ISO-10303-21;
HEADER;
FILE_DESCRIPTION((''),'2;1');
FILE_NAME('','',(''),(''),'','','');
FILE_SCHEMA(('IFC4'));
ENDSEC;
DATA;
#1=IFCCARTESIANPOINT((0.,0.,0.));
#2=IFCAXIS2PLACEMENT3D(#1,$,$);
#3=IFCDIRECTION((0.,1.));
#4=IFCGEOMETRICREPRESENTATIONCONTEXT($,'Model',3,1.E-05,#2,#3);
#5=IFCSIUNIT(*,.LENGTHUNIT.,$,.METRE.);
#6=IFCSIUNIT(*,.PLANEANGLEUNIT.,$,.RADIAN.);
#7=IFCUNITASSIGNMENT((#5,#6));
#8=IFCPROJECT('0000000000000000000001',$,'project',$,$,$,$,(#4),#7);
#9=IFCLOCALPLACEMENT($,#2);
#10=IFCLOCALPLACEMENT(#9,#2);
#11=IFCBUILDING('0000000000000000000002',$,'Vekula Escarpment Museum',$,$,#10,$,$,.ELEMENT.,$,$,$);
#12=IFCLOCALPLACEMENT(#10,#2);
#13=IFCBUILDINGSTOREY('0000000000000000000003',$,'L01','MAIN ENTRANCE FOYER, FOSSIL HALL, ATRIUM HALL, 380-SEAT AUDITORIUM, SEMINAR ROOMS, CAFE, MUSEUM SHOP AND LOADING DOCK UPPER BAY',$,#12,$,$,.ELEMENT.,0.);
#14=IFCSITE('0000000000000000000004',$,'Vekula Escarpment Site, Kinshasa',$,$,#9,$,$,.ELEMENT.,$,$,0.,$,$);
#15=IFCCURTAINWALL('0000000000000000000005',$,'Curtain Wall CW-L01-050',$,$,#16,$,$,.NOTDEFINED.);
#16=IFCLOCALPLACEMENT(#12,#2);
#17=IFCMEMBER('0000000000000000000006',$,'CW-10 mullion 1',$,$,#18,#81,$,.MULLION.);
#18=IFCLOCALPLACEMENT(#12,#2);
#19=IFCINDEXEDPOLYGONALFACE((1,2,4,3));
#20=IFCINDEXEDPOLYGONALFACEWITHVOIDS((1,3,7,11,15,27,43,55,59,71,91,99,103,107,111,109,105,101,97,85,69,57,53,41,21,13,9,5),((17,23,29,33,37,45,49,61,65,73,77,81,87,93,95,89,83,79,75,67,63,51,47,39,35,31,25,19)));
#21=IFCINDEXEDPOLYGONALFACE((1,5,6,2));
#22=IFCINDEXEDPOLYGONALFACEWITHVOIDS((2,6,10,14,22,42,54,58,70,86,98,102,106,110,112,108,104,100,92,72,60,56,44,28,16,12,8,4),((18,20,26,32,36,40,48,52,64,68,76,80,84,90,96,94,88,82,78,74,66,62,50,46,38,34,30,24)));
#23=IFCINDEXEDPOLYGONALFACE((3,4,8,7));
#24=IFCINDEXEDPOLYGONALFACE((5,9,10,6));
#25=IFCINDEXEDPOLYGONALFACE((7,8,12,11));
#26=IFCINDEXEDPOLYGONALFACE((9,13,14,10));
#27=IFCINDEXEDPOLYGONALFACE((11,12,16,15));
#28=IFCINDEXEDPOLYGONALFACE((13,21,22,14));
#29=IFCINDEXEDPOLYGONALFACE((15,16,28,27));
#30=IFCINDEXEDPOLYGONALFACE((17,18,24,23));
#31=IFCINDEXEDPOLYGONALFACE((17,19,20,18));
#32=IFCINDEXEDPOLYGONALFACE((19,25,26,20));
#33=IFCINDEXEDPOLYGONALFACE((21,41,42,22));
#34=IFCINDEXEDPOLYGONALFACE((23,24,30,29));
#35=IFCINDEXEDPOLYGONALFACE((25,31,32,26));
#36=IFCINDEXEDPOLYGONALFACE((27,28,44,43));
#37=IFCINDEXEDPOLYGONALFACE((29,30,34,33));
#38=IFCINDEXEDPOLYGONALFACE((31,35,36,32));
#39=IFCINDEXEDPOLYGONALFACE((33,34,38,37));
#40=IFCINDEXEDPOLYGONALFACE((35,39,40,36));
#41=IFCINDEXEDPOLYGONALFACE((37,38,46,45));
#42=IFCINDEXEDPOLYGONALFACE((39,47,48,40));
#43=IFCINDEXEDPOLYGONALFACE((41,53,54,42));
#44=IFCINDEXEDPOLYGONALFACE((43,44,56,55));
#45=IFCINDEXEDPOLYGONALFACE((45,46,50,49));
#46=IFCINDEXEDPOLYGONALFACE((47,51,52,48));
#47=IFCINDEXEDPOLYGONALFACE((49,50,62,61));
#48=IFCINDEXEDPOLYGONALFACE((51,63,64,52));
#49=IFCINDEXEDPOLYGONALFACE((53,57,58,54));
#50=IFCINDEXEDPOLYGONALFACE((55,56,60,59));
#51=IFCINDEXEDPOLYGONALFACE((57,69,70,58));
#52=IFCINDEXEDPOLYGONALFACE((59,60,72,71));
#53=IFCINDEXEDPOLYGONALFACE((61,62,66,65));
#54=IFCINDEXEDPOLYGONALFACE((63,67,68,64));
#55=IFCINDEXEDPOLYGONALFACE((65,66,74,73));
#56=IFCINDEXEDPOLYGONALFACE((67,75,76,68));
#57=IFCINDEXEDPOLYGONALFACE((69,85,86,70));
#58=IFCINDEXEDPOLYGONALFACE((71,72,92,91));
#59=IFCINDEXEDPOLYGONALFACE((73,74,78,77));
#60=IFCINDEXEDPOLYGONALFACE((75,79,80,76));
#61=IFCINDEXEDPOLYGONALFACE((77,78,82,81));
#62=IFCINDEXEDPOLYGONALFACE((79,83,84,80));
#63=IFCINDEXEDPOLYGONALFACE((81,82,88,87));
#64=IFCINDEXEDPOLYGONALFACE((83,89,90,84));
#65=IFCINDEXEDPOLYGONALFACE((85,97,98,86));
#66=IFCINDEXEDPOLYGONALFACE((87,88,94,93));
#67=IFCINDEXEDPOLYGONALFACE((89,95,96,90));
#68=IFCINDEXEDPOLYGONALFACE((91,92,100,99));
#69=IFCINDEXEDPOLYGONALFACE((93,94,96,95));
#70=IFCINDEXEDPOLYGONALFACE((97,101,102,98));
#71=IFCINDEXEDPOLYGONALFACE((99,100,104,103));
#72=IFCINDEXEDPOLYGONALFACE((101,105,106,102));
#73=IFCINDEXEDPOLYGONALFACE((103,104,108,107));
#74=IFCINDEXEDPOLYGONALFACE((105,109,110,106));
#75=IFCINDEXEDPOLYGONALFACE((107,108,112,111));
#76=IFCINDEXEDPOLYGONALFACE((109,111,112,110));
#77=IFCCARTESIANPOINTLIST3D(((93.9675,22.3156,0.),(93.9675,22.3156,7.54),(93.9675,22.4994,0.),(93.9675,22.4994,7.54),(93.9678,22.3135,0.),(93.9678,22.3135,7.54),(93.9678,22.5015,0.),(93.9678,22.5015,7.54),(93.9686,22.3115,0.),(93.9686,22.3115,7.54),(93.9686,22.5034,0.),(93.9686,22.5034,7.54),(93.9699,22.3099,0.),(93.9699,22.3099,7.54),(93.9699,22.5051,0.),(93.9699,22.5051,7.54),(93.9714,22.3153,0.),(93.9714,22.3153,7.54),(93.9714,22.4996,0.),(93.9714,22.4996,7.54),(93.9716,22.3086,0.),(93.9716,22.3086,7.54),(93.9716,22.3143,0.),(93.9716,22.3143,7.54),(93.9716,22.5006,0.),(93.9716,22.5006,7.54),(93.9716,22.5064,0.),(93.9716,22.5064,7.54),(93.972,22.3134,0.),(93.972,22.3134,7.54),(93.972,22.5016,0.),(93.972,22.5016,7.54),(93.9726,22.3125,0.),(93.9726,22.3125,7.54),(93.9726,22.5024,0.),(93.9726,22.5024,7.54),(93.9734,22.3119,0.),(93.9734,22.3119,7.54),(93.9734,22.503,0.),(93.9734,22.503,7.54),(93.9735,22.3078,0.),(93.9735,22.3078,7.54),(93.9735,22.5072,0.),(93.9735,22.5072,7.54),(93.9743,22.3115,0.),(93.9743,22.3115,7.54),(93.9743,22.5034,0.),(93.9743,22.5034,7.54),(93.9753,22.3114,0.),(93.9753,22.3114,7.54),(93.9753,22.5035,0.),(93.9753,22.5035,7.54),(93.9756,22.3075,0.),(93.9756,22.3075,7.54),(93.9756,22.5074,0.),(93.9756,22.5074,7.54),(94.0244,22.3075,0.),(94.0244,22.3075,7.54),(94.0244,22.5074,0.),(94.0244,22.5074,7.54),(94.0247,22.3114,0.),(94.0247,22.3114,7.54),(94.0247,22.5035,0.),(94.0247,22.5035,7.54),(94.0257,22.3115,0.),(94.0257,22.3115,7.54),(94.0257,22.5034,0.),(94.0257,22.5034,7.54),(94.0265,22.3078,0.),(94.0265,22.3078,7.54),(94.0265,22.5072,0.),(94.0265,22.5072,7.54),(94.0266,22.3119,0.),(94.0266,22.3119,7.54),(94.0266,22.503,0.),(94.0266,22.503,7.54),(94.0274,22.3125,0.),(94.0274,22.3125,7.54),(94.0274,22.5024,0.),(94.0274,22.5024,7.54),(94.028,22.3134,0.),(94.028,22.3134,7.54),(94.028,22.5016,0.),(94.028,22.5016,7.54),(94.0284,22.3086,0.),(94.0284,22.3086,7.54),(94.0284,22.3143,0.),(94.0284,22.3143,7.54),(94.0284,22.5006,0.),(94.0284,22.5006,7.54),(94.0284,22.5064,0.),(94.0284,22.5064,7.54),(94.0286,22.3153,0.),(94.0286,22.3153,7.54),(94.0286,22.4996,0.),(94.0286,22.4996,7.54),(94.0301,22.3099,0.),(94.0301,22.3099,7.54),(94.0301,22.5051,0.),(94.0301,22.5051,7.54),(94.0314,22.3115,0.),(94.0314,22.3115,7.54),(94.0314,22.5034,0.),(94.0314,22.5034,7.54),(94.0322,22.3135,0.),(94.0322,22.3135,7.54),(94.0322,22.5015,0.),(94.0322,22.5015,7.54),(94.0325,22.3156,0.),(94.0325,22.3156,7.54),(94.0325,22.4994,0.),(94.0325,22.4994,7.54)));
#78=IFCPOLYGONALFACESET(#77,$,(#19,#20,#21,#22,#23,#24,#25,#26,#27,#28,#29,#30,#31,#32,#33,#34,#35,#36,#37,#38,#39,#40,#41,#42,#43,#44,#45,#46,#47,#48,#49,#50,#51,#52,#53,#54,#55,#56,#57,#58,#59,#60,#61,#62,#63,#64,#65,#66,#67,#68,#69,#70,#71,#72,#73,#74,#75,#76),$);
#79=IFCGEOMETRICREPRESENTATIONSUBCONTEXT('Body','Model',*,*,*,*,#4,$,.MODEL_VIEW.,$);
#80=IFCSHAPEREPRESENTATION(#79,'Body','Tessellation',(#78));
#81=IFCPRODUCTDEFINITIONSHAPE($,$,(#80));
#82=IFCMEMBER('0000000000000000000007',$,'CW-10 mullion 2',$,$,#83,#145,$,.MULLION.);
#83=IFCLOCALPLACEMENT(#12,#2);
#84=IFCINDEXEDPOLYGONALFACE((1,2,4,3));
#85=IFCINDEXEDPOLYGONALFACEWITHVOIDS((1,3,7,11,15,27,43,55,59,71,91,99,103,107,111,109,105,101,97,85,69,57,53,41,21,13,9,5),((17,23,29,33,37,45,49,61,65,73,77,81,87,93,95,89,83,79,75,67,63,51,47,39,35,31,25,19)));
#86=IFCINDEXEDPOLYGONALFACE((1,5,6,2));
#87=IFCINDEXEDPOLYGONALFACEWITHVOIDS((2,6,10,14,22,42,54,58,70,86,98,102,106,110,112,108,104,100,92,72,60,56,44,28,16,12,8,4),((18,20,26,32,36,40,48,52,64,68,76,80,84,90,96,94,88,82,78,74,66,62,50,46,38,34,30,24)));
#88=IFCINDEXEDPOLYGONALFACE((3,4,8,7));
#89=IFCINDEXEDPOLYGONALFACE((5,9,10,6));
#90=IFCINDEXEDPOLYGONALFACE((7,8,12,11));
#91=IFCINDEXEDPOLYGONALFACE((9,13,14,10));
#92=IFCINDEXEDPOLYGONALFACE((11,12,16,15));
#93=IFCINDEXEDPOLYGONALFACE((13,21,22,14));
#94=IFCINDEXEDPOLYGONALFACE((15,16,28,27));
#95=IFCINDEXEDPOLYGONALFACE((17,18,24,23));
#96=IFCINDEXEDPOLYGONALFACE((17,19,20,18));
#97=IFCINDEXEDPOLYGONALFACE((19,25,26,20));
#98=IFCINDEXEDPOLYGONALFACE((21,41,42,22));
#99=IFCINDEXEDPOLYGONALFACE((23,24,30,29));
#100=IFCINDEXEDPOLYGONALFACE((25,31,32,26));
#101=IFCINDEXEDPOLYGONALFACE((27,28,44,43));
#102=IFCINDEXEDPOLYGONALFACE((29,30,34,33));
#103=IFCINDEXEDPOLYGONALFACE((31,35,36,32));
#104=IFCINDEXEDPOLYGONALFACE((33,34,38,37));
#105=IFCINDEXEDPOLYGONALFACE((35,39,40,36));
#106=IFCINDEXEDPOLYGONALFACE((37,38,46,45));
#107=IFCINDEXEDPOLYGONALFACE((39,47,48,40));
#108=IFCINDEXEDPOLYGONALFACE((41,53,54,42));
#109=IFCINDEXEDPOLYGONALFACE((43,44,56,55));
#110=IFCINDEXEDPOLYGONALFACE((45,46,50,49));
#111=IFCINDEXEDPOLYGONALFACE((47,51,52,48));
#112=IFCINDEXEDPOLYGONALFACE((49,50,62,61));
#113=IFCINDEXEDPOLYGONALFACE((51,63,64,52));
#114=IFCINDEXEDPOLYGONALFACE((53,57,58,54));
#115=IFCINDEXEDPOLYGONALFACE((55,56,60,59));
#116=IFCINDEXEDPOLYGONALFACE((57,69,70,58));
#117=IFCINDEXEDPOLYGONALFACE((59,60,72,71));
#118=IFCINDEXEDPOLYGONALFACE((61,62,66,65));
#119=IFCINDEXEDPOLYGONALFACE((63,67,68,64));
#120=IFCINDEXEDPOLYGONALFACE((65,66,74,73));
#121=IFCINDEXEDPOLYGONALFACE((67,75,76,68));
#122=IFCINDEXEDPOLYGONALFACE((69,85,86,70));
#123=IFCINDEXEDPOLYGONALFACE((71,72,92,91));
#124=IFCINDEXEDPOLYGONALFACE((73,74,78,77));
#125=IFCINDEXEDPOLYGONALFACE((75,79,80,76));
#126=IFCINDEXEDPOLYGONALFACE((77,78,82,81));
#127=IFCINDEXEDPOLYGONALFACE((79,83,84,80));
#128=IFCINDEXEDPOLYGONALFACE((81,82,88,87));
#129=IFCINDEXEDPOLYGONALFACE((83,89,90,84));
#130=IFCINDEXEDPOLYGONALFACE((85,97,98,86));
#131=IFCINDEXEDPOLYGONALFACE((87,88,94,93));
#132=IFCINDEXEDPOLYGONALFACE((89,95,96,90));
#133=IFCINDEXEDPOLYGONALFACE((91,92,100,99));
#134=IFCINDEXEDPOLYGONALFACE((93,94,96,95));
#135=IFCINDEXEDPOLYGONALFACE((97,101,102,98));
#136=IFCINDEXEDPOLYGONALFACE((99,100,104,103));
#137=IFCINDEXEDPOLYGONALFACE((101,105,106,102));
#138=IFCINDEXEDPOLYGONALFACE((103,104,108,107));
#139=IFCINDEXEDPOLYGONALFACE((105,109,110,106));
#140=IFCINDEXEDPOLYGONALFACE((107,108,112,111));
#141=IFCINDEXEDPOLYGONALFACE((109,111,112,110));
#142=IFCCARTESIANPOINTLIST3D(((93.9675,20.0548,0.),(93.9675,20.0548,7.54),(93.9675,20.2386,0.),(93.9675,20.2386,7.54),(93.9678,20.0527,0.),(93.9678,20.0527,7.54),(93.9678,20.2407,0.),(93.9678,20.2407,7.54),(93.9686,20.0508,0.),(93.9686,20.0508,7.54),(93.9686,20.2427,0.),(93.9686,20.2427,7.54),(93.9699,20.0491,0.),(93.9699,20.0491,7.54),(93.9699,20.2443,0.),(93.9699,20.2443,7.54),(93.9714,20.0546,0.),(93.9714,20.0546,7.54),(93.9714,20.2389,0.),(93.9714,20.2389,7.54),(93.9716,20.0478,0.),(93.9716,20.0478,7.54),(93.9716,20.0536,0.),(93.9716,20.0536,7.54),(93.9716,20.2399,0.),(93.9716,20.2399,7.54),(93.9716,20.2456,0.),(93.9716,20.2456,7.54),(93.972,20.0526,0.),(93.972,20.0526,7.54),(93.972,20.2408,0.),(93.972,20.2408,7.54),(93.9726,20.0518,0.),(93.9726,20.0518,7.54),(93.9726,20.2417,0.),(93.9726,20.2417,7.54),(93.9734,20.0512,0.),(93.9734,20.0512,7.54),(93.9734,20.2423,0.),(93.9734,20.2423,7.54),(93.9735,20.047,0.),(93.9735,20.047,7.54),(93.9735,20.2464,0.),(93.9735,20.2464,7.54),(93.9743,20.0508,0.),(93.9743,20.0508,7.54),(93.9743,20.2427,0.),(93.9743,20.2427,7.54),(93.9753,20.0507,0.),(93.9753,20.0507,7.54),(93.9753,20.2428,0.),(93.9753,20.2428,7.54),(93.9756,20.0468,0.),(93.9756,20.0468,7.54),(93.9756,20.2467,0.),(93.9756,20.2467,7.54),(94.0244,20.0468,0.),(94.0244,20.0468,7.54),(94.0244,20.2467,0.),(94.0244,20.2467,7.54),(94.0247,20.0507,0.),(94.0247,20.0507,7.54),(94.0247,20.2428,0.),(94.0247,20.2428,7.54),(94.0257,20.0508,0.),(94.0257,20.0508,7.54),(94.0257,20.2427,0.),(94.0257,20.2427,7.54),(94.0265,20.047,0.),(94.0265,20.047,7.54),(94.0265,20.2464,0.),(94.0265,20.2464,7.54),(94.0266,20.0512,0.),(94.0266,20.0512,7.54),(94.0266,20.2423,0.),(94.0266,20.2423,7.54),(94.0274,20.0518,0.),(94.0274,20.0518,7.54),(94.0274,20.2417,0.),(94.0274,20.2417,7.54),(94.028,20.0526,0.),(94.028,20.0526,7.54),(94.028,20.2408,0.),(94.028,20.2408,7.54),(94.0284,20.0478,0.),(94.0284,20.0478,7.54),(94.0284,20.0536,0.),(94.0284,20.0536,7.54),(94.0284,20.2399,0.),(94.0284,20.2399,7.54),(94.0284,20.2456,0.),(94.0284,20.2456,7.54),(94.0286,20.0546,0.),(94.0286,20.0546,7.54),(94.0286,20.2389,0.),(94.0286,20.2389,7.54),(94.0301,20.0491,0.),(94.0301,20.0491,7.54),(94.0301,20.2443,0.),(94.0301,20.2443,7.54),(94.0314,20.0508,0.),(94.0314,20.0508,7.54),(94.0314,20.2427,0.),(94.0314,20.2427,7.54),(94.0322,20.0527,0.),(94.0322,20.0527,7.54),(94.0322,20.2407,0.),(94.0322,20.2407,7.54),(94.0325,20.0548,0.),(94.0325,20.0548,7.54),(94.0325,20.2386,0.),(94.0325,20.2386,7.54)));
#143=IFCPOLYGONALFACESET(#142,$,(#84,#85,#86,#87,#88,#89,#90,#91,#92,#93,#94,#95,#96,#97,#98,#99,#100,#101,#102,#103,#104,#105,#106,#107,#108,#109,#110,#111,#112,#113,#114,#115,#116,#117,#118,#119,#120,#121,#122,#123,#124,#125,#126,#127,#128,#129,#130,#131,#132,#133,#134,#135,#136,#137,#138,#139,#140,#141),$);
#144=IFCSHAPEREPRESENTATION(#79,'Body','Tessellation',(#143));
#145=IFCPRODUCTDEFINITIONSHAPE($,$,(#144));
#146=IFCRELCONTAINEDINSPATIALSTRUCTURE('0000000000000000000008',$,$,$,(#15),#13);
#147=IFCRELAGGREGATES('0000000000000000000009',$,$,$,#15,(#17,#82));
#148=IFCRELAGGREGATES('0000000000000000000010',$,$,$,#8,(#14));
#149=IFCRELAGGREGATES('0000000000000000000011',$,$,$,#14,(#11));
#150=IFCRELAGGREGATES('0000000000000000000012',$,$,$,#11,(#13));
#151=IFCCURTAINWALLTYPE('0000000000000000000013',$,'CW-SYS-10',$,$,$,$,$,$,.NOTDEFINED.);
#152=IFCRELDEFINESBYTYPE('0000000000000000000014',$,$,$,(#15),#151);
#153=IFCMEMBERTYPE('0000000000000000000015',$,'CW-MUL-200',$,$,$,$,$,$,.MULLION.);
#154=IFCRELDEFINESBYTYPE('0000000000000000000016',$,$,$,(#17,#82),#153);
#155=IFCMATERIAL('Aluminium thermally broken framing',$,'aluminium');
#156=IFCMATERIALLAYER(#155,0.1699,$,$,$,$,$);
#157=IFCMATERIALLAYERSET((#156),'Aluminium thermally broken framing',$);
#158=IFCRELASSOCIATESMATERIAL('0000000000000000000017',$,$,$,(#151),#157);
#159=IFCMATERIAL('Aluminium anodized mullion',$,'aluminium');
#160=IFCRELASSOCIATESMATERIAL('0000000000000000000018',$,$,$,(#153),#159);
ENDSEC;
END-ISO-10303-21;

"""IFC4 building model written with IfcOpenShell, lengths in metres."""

from ifc_helpers import new_model, si_unit, direction, frame, origin, origin_2d, place, context, subcontext, project, spatial, hollow_rectangle, extrude, material, layer, layer_set, material_profile, profile_set, type_object, element, aggregate, save


model = new_model("IFC4")

# Units and contexts
model_context = context("Model", 3, precision=1e-05, world=origin(), true_north=direction((0.0, 1.0)))
body_context = subcontext(model_context, "Body", "Model", "MODEL_VIEW")
ifc_project = project(units=[si_unit("LENGTHUNIT", "METRE"), si_unit("PLANEANGLEUNIT", "RADIAN")], contexts=[model_context])

# Site, building, storey
site_placement = place(None, origin())
site = spatial("IfcSite", under=ifc_project, at=site_placement, Name="Vekula Escarpment Site, Kinshasa", CompositionType="ELEMENT", RefElevation=0.0)
building_placement = place(site_placement, origin())
building = spatial("IfcBuilding", under=site, at=building_placement, Name="Vekula Escarpment Museum", CompositionType="ELEMENT")
storey_placement = place(building_placement, origin())
storey = spatial("IfcBuildingStorey", under=building, at=storey_placement, Name="L01", Description="MAIN ENTRANCE FOYER, FOSSIL HALL, ATRIUM HALL, 380-SEAT AUDITORIUM, SEMINAR ROOMS, CAFE, MUSEUM SHOP AND LOADING DOCK UPPER BAY", CompositionType="ELEMENT", Elevation=0.0)

# Curtain wall, members
ifc_material_1 = material(Name="Aluminium thermally broken framing", Category="aluminium")
ifc_layer_1 = layer(ifc_material_1, 0.1699)
ifc_layer_set_1 = layer_set([ifc_layer_1], Name="Aluminium thermally broken framing")
curtain_wall_type = type_object("IfcCurtainWallType", Name="CW-SYS-10", PredefinedType="NOTDEFINED", material=ifc_layer_set_1)
curtain_wall_placement = place(storey_placement, origin())
curtain_wall = element("IfcCurtainWall", 1, at=curtain_wall_placement, inside=storey, type_object=curtain_wall_type, Name="Curtain Wall CW-L01-050", PredefinedType="NOTDEFINED")
ifc_material_2 = material(Name="Aluminium anodized mullion", Category="aluminium")
ifc_material_profile_1 = material_profile(ifc_material_2, hollow_rectangle(XDim=0.0649, YDim=0.2, WallThickness=0.0039, InnerFilletRadius=0.0039, OuterFilletRadius=0.0081, at=origin_2d()), Name="ALU 200x65x4")
ifc_profile_set_1 = profile_set([ifc_material_profile_1], Name="Aluminium anodized mullion")
member_type_1 = type_object("IfcMemberType", Name="CW-MUL-200", PredefinedType="MULLION", material=ifc_profile_set_1)
member_1_placement = place(storey_placement, frame((94.0, 22.4075, 0.0), z_axis=(0.0, 0.0, 1.0), x_axis=(1.0, 0.0, 0.0)))
member_1 = element("IfcMember", 2, at=member_1_placement, type_object=member_type_1, Name="CW-10 mullion 1", PredefinedType="MULLION", context=body_context, shape_type="SweptSolid", body=[
    extrude(hollow_rectangle(XDim=0.0649, YDim=0.2, WallThickness=0.0039, InnerFilletRadius=0.0039, OuterFilletRadius=0.0081, at=origin_2d()), origin(), (0.0, 0.0, 1.0), 7.54),
])
member_2_placement = place(storey_placement, frame((94.0, 20.1467, 0.0), z_axis=(0.0, 0.0, 1.0), x_axis=(1.0, 0.0, 0.0)))
member_2 = element("IfcMember", 3, at=member_2_placement, type_object=member_type_1, Name="CW-10 mullion 2", PredefinedType="MULLION", context=body_context, shape_type="SweptSolid", body=[
    extrude(hollow_rectangle(XDim=0.0649, YDim=0.2, WallThickness=0.0039, InnerFilletRadius=0.0039, OuterFilletRadius=0.0081, at=origin_2d()), origin(), (0.0, 0.0, 1.0), 7.54),
])

aggregate(curtain_wall, [member_1, member_2])

save(model, "model.ifc")
